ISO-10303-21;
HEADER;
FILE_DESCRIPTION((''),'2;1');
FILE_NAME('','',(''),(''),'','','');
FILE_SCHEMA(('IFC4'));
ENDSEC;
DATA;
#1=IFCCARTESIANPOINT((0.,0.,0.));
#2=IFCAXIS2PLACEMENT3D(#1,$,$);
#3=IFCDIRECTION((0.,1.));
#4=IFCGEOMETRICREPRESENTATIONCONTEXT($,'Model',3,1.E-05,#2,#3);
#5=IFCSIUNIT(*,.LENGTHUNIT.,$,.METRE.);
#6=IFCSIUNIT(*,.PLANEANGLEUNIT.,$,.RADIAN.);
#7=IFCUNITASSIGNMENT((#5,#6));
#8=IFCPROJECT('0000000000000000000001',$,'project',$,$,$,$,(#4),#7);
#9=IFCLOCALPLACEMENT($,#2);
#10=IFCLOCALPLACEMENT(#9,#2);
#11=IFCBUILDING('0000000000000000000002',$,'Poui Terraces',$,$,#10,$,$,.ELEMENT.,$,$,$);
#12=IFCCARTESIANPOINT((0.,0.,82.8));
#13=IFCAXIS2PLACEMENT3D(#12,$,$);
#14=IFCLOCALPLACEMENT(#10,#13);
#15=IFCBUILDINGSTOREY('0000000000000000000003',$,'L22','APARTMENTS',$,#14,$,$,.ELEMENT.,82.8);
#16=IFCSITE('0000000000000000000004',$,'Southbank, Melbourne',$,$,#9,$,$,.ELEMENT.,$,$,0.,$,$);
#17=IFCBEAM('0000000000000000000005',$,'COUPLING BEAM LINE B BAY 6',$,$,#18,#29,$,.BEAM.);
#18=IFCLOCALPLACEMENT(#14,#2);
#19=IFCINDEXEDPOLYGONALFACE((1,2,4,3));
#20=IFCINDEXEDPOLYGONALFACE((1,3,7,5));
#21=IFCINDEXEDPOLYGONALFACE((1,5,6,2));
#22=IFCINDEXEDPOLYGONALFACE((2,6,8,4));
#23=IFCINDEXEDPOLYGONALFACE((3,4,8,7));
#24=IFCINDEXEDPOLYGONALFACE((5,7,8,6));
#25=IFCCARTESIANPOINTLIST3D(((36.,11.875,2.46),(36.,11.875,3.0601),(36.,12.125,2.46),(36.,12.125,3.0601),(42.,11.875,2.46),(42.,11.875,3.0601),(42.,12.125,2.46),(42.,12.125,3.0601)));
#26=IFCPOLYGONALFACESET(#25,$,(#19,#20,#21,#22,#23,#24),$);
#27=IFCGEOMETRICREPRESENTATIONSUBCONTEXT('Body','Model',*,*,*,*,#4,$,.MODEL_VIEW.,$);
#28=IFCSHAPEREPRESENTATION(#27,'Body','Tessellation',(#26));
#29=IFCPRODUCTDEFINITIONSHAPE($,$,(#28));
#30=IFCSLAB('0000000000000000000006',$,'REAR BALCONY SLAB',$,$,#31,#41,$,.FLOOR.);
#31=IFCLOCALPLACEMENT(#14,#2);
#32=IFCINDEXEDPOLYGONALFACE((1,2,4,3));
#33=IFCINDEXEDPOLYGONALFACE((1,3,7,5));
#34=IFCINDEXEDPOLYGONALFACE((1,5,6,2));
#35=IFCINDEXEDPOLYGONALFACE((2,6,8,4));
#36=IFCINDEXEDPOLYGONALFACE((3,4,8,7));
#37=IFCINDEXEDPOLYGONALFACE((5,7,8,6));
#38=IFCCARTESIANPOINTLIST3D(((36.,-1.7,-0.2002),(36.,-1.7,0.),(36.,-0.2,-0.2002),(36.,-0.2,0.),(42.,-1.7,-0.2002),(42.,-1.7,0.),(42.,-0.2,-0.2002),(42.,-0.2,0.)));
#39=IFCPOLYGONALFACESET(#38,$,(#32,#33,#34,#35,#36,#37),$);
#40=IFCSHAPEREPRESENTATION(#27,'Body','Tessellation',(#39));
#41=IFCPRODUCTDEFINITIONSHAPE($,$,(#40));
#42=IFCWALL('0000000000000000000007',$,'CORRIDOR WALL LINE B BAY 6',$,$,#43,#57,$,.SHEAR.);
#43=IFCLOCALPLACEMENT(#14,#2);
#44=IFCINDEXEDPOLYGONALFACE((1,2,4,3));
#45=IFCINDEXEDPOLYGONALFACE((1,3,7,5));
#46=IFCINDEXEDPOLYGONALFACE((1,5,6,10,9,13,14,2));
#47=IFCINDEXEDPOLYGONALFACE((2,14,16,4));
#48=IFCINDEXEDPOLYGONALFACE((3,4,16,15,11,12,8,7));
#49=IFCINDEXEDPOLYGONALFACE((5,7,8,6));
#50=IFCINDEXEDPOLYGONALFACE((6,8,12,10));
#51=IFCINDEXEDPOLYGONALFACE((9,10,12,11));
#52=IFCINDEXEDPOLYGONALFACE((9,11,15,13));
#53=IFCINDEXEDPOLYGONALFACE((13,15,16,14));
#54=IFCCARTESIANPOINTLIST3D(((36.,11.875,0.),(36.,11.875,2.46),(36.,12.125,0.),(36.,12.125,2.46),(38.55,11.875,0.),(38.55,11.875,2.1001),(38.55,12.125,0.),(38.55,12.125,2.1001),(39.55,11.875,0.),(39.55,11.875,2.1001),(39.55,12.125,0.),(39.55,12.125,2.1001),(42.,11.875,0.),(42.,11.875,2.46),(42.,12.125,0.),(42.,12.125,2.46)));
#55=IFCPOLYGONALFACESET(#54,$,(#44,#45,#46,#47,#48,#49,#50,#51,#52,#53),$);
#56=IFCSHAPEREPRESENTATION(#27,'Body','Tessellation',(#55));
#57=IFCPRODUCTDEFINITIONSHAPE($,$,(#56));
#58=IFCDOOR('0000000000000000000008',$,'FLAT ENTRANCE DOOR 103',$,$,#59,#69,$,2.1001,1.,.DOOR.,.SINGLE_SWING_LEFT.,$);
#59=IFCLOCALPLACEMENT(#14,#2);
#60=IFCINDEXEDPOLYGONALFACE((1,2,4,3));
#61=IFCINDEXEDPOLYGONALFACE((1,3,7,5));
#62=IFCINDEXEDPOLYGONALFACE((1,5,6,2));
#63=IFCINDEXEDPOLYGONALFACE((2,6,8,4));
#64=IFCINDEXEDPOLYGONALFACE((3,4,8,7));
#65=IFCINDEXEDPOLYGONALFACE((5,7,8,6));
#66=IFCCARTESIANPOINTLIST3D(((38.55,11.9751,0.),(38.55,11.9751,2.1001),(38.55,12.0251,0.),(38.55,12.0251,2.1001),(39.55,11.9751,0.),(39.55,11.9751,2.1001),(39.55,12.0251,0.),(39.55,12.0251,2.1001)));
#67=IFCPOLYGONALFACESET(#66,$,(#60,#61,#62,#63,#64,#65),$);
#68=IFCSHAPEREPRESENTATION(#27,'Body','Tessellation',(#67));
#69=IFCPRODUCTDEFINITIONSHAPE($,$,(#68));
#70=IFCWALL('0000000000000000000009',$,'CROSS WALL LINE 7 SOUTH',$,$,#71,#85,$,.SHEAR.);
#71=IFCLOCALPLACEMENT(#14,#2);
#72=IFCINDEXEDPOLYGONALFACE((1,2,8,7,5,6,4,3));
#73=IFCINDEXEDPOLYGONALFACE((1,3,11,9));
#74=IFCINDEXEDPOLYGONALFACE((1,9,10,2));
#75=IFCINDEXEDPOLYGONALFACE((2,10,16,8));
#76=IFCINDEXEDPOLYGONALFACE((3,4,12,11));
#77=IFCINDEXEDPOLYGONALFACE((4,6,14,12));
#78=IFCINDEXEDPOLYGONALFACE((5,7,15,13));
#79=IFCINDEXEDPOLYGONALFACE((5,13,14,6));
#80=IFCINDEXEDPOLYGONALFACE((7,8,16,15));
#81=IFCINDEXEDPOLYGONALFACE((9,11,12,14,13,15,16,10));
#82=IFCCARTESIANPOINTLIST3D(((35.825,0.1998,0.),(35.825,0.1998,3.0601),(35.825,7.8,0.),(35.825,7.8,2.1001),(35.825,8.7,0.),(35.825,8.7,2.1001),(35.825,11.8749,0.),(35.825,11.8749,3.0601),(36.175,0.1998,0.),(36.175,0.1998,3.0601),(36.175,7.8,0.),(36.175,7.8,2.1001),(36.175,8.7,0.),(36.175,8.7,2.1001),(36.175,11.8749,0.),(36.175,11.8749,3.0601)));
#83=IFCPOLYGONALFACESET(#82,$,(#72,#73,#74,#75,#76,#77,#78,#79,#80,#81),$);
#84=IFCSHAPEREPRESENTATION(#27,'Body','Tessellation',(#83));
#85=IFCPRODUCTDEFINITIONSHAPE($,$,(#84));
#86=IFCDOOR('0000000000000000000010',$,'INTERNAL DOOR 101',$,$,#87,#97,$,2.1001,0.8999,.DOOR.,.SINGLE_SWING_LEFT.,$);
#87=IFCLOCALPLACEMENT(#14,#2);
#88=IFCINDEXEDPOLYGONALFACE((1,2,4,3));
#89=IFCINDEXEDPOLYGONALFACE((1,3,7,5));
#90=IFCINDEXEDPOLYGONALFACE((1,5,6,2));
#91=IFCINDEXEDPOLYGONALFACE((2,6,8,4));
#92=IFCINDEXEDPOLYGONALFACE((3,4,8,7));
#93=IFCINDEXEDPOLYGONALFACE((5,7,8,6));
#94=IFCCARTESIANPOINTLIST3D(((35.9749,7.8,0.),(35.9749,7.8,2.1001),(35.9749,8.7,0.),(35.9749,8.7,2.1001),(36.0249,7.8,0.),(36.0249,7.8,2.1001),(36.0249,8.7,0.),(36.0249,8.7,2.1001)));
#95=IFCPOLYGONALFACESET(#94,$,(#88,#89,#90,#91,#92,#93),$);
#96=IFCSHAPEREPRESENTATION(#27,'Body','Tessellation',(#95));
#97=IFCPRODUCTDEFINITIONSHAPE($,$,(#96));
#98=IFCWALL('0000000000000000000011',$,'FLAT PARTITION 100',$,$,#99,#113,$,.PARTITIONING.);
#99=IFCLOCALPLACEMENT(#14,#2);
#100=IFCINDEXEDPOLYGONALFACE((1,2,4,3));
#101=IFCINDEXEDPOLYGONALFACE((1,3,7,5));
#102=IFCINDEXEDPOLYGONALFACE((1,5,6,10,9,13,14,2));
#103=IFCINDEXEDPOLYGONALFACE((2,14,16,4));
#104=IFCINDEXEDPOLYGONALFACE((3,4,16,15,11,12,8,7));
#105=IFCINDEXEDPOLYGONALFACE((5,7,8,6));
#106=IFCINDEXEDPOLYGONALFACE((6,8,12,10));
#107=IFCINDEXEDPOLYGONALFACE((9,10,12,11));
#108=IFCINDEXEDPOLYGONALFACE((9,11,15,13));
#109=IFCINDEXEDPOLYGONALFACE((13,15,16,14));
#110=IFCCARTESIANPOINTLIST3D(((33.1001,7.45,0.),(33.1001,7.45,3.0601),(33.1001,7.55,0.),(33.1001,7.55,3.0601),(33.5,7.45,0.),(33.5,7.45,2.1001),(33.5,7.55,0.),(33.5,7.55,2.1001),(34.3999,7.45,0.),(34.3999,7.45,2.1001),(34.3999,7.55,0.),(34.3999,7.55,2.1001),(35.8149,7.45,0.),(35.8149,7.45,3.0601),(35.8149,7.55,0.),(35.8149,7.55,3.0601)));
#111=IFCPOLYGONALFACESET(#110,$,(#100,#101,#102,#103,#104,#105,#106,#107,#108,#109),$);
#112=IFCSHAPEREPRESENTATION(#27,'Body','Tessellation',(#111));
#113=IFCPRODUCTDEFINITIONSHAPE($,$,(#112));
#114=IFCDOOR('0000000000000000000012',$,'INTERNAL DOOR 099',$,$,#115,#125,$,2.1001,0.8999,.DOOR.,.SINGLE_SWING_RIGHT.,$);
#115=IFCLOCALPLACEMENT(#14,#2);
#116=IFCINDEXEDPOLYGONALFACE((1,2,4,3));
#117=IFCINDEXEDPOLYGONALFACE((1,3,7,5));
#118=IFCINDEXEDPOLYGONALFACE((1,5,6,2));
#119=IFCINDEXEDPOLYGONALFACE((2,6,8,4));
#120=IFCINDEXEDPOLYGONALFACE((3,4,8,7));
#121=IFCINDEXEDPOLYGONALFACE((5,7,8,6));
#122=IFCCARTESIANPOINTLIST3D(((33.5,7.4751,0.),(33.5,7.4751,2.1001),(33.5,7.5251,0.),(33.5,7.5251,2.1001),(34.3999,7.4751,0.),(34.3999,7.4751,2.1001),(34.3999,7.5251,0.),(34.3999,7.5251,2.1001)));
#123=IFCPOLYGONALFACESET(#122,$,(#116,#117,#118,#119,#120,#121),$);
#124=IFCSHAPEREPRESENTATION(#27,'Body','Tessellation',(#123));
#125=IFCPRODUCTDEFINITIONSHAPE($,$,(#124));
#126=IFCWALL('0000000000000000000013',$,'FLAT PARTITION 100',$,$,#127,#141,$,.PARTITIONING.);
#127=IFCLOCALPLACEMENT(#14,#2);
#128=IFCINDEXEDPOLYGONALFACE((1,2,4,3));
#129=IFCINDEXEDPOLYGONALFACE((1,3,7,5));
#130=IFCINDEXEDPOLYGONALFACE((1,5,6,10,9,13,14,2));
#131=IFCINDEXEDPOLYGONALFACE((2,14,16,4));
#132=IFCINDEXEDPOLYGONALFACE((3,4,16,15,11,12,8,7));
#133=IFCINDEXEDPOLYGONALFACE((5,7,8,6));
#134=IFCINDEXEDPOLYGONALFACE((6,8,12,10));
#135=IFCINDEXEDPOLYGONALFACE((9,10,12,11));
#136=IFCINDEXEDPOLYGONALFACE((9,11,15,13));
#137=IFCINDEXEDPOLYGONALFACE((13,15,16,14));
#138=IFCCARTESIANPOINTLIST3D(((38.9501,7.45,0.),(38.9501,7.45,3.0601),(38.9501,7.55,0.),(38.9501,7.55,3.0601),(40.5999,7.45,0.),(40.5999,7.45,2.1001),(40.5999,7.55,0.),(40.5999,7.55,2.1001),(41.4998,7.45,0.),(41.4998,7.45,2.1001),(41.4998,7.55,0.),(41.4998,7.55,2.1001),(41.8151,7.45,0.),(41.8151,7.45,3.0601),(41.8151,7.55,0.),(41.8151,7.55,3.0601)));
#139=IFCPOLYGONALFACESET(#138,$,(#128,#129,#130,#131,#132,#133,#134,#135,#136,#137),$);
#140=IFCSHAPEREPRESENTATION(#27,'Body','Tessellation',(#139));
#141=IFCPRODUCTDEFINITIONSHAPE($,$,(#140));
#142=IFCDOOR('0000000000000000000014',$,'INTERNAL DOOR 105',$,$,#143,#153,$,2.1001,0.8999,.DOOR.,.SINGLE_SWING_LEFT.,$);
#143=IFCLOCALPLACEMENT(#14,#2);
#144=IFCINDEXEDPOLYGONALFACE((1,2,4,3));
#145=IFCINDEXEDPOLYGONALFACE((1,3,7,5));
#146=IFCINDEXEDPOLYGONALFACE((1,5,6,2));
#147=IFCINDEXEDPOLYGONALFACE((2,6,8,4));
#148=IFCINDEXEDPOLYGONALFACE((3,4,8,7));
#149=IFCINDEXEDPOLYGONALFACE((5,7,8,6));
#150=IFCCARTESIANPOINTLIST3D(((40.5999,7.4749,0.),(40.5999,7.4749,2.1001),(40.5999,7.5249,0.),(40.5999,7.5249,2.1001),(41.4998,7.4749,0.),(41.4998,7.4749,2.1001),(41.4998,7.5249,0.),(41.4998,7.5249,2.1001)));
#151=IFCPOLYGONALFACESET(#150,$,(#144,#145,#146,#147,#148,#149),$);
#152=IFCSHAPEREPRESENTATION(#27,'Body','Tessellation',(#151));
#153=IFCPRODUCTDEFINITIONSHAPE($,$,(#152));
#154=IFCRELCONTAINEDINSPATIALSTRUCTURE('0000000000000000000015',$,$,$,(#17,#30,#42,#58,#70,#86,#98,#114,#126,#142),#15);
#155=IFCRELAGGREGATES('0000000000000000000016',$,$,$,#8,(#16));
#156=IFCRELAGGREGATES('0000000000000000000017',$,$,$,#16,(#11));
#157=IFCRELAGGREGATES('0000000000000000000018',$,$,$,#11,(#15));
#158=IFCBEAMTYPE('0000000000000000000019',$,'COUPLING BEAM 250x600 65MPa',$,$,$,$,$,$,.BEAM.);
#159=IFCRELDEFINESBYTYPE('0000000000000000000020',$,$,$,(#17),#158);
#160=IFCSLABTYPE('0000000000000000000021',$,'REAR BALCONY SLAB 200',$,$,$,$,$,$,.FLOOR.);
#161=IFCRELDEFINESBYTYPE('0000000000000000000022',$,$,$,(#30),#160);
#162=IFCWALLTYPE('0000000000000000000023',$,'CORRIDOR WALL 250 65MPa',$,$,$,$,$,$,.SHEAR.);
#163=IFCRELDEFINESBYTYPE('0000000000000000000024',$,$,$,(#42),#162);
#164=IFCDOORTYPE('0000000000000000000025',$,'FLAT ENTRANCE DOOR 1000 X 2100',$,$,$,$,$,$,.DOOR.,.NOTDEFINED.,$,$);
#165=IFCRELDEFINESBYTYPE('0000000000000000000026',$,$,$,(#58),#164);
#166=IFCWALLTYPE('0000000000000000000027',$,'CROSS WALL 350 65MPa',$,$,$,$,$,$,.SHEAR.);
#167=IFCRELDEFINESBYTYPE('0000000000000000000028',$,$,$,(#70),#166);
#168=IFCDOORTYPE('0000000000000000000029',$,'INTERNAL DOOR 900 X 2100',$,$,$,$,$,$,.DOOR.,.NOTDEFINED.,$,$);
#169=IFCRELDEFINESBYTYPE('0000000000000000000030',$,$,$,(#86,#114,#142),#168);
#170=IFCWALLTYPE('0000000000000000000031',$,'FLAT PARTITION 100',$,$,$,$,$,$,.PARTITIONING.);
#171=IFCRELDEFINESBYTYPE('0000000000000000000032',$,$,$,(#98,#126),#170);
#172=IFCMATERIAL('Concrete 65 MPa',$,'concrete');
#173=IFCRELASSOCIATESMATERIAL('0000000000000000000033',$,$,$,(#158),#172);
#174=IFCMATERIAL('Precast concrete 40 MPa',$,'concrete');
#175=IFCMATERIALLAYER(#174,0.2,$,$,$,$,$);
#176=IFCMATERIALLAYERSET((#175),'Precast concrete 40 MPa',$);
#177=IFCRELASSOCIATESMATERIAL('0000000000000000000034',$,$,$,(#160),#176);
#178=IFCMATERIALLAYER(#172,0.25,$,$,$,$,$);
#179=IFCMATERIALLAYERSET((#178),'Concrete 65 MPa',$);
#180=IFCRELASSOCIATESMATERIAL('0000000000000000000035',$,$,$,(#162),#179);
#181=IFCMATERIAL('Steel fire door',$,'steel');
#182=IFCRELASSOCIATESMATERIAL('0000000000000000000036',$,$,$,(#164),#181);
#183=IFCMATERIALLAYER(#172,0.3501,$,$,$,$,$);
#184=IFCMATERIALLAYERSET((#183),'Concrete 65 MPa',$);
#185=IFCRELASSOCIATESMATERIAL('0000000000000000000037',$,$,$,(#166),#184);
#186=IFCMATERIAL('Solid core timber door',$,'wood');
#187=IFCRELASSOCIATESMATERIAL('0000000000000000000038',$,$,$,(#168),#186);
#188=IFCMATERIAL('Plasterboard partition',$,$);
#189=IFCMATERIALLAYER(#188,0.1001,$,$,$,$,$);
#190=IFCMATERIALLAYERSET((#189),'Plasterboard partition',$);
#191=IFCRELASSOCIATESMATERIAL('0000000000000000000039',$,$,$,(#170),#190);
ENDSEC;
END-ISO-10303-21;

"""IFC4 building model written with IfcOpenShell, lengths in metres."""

from ifc_helpers import new_model, si_unit, direction, frame, frame_2d, origin, origin_2d, place, context, subcontext, project, spatial, polyline, rectangle, outline, extrude, source, transform, mapped, material, layer, layer_set, material_profile, profile_set, type_object, element, fill, save


model = new_model("IFC4")

# Units and contexts
model_context = context("Model", 3, precision=1e-05, world=origin(), true_north=direction((0.0, 1.0)))
body_context = subcontext(model_context, "Body", "Model", "MODEL_VIEW")
ifc_project = project(units=[si_unit("LENGTHUNIT", "METRE"), si_unit("PLANEANGLEUNIT", "RADIAN")], contexts=[model_context])

# Site, building, storey
site_placement = place(None, origin())
site = spatial("IfcSite", under=ifc_project, at=site_placement, Name="Southbank, Melbourne", CompositionType="ELEMENT", RefElevation=0.0)
building_placement = place(site_placement, origin())
building = spatial("IfcBuilding", under=site, at=building_placement, Name="Poui Terraces", CompositionType="ELEMENT")
storey_placement = place(building_placement, frame((0.0, 0.0, 82.8)))
storey = spatial("IfcBuildingStorey", under=building, at=storey_placement, Name="L22", Description="APARTMENTS", CompositionType="ELEMENT", Elevation=82.8)

# Beam
ifc_material_1 = material(Name="Concrete 65 MPa", Category="concrete")
ifc_material_profile_1 = material_profile(ifc_material_1, rectangle(XDim=0.25, YDim=0.6001, at=origin_2d()), Name="RC 250x600")
ifc_profile_set_1 = profile_set([ifc_material_profile_1], Name="Concrete 65 MPa")
beam_type = type_object("IfcBeamType", Name="COUPLING BEAM 250x600 65MPa", PredefinedType="BEAM", material=ifc_profile_set_1)
shared_shape_1 = source(origin(), body_context, "Body", "SweptSolid", [
    extrude(rectangle(XDim=0.25, YDim=0.6001, at=origin_2d()), origin(), (0.0, 0.0, 1.0), 6.0),
])
beam_placement = place(storey_placement, frame((36.0, 12.0, 2.76), z_axis=(1.0, 0.0, 0.0), x_axis=(0.0, 1.0, 0.0)))
element("IfcBeam", 1, at=beam_placement, inside=storey, type_object=beam_type, Name="COUPLING BEAM LINE B BAY 6", PredefinedType="BEAM", context=body_context, shape_type="MappedRepresentation", body=[
    mapped(shared_shape_1, transform((0.0, 0.0, 0.0))),
])

# Slab
ifc_material_2 = material(Name="Precast concrete 40 MPa", Category="concrete")
ifc_layer_1 = layer(ifc_material_2, 0.2)
ifc_layer_set_1 = layer_set([ifc_layer_1], Name="Precast concrete 40 MPa")
slab_type = type_object("IfcSlabType", Name="REAR BALCONY SLAB 200", PredefinedType="FLOOR", material=ifc_layer_set_1)
shared_shape_2 = source(origin(), body_context, "Body", "SweptSolid", [
    extrude(outline(polyline([(0.0, 0.0), (6.0, 0.0), (6.0, 1.5), (0.0, 1.5), (0.0, 0.0)])), origin(), (0.0, 0.0, 1.0), 0.2002),
])
slab_placement = place(storey_placement, frame((36.0, -1.7, -0.2002)))
element("IfcSlab", 2, at=slab_placement, inside=storey, type_object=slab_type, Name="REAR BALCONY SLAB", PredefinedType="FLOOR", context=body_context, shape_type="MappedRepresentation", body=[
    mapped(shared_shape_2, transform((0.0, 0.0, 0.0))),
])

# Walls, openings, doors
ifc_layer_2 = layer(ifc_material_1, 0.25)
ifc_layer_set_2 = layer_set([ifc_layer_2], Name="Concrete 65 MPa")
wall_type_1 = type_object("IfcWallType", Name="CORRIDOR WALL 250 65MPa", PredefinedType="SHEAR", material=ifc_layer_set_2)
wall_1_placement = place(storey_placement, frame((36.0, 12.0, 0.0), z_axis=(0.0, 0.0, 1.0), x_axis=(1.0, 0.0, 0.0)))
wall_1 = element("IfcWall", 3, at=wall_1_placement, inside=storey, type_object=wall_type_1, Name="CORRIDOR WALL LINE B BAY 6", PredefinedType="SHEAR", context=body_context, shape_type="SweptSolid", body=[
    extrude(rectangle(XDim=6.0, YDim=0.25, at=frame_2d((3.0, 0.0))), origin(), (0.0, 0.0, 1.0), 2.46),
])
opening_1_placement = place(wall_1_placement, frame((2.55, 0.0, 0.0)))
opening_1 = element("IfcOpeningElement", 4, at=opening_1_placement, cuts=wall_1, PredefinedType="OPENING", context=body_context, shape_type="SweptSolid", body=[
    extrude(rectangle(XDim=1.0, YDim=2.1001, at=frame_2d((0.5, 1.05))), frame((0.0, 0.135, 0.0), z_axis=(0.0, -1.0, 0.0), x_axis=(1.0, 0.0, 0.0)), (0.0, 0.0, 1.0), 0.27),
])
ifc_material_3 = material(Name="Steel fire door", Category="steel")
door_type_1 = type_object("IfcDoorType", Name="FLAT ENTRANCE DOOR 1000 X 2100", OperationType="NOTDEFINED", PredefinedType="DOOR", material=ifc_material_3)
door_1_placement = place(opening_1_placement, frame((1.0, 0.0, 0.0), z_axis=(0.0, 0.0, 1.0), x_axis=(-1.0, 0.0, 0.0)))
door_1 = element("IfcDoor", 5, at=door_1_placement, inside=storey, type_object=door_type_1, Name="FLAT ENTRANCE DOOR 103", OperationType="SINGLE_SWING_LEFT", OverallHeight=2.1001, OverallWidth=1.0, PredefinedType="DOOR", context=body_context, shape_type="SweptSolid", body=[
    extrude(rectangle(XDim=1.0, YDim=2.1001, at=frame_2d((0.5, 1.05))), frame((0.0, 0.0249, 0.0), z_axis=(0.0, -1.0, 0.0), x_axis=(1.0, 0.0, 0.0)), (0.0, 0.0, 1.0), 0.05),
])
fill(opening_1, door_1)
ifc_layer_3 = layer(ifc_material_1, 0.3501)
ifc_layer_set_3 = layer_set([ifc_layer_3], Name="Concrete 65 MPa")
wall_type_2 = type_object("IfcWallType", Name="CROSS WALL 350 65MPa", PredefinedType="SHEAR", material=ifc_layer_set_3)
wall_2_placement = place(storey_placement, frame((36.0, 0.2, 0.0), z_axis=(0.0, 0.0, 1.0), x_axis=(0.0, 1.0, 0.0)))
wall_2 = element("IfcWall", 6, at=wall_2_placement, inside=storey, type_object=wall_type_2, Name="CROSS WALL LINE 7 SOUTH", PredefinedType="SHEAR", context=body_context, shape_type="SweptSolid", body=[
    extrude(rectangle(XDim=11.675, YDim=0.3501, at=frame_2d((5.8374, 0.0))), origin(), (0.0, 0.0, 1.0), 3.0601),
])
opening_2_placement = place(wall_2_placement, frame((7.6001, 0.0, 0.0)))
opening_2 = element("IfcOpeningElement", 7, at=opening_2_placement, cuts=wall_2, PredefinedType="OPENING", context=body_context, shape_type="SweptSolid", body=[
    extrude(rectangle(XDim=0.8999, YDim=2.1001, at=frame_2d((0.45, 1.05))), frame((0.0, 0.1851, 0.0), z_axis=(0.0, -1.0, 0.0), x_axis=(1.0, 0.0, 0.0)), (0.0, 0.0, 1.0), 0.3701),
])
ifc_material_4 = material(Name="Solid core timber door", Category="wood")
door_type_2 = type_object("IfcDoorType", Name="INTERNAL DOOR 900 X 2100", OperationType="NOTDEFINED", PredefinedType="DOOR", material=ifc_material_4)
door_2_placement = place(opening_2_placement, frame((0.8999, 0.0, 0.0), z_axis=(0.0, 0.0, 1.0), x_axis=(-1.0, 0.0, 0.0)))
door_2 = element("IfcDoor", 8, at=door_2_placement, inside=storey, type_object=door_type_2, Name="INTERNAL DOOR 101", OperationType="SINGLE_SWING_LEFT", OverallHeight=2.1001, OverallWidth=0.8999, PredefinedType="DOOR", context=body_context, shape_type="SweptSolid", body=[
    extrude(rectangle(XDim=0.8999, YDim=2.1001, at=frame_2d((0.45, 1.05))), frame((0.0, 0.0249, 0.0), z_axis=(0.0, -1.0, 0.0), x_axis=(1.0, 0.0, 0.0)), (0.0, 0.0, 1.0), 0.05),
])
fill(opening_2, door_2)
ifc_material_5 = material(Name="Plasterboard partition")
ifc_layer_4 = layer(ifc_material_5, 0.1001)
ifc_layer_set_4 = layer_set([ifc_layer_4], Name="Plasterboard partition")
wall_type_3 = type_object("IfcWallType", Name="FLAT PARTITION 100", PredefinedType="PARTITIONING", material=ifc_layer_set_4)
wall_3_placement = place(storey_placement, frame((33.1001, 7.5, 0.0), z_axis=(0.0, 0.0, 1.0), x_axis=(1.0, 0.0, 0.0)))
wall_3 = element("IfcWall", 9, at=wall_3_placement, inside=storey, type_object=wall_type_3, Name="FLAT PARTITION 100", PredefinedType="PARTITIONING", context=body_context, shape_type="SweptSolid", body=[
    extrude(rectangle(XDim=2.7148, YDim=0.1001, at=frame_2d((1.3574, 0.0))), origin(), (0.0, 0.0, 1.0), 3.0601),
])
opening_3_placement = place(wall_3_placement, frame((0.3999, 0.0, 0.0)))
opening_3 = element("IfcOpeningElement", 10, at=opening_3_placement, cuts=wall_3, PredefinedType="OPENING", context=body_context, shape_type="SweptSolid", body=[
    extrude(rectangle(XDim=0.8999, YDim=2.1001, at=frame_2d((0.45, 1.05))), frame((0.0, 0.0601, 0.0), z_axis=(0.0, -1.0, 0.0), x_axis=(1.0, 0.0, 0.0)), (0.0, 0.0, 1.0), 0.1201),
])
door_3_placement = place(opening_3_placement, frame((0.8999, 0.0, 0.0), z_axis=(0.0, 0.0, 1.0), x_axis=(-1.0, 0.0, 0.0)))
door_3 = element("IfcDoor", 11, at=door_3_placement, inside=storey, type_object=door_type_2, Name="INTERNAL DOOR 099", OperationType="SINGLE_SWING_RIGHT", OverallHeight=2.1001, OverallWidth=0.8999, PredefinedType="DOOR", context=body_context, shape_type="SweptSolid", body=[
    extrude(rectangle(XDim=0.8999, YDim=2.1001, at=frame_2d((0.45, 1.05))), frame((0.0, 0.0249, 0.0), z_axis=(0.0, -1.0, 0.0), x_axis=(1.0, 0.0, 0.0)), (0.0, 0.0, 1.0), 0.05),
])
fill(opening_3, door_3)
wall_4_placement = place(storey_placement, frame((38.95, 7.5, 0.0), z_axis=(0.0, 0.0, 1.0), x_axis=(1.0, 0.0, 0.0)))
wall_4 = element("IfcWall", 12, at=wall_4_placement, inside=storey, type_object=wall_type_3, Name="FLAT PARTITION 100", PredefinedType="PARTITIONING", context=body_context, shape_type="SweptSolid", body=[
    extrude(rectangle(XDim=2.865, YDim=0.1001, at=frame_2d((1.4326, 0.0))), origin(), (0.0, 0.0, 1.0), 3.0601),
])
opening_4_placement = place(wall_4_placement, frame((1.6499, 0.0, 0.0)))
opening_4 = element("IfcOpeningElement", 13, at=opening_4_placement, cuts=wall_4, PredefinedType="OPENING", context=body_context, shape_type="SweptSolid", body=[
    extrude(rectangle(XDim=0.8999, YDim=2.1001, at=frame_2d((0.45, 1.05))), frame((0.0, 0.0601, 0.0), z_axis=(0.0, -1.0, 0.0), x_axis=(1.0, 0.0, 0.0)), (0.0, 0.0, 1.0), 0.1201),
])
door_4_placement = place(opening_4_placement, origin())
door_4 = element("IfcDoor", 14, at=door_4_placement, inside=storey, type_object=door_type_2, Name="INTERNAL DOOR 105", OperationType="SINGLE_SWING_LEFT", OverallHeight=2.1001, OverallWidth=0.8999, PredefinedType="DOOR", context=body_context, shape_type="SweptSolid", body=[
    extrude(rectangle(XDim=0.8999, YDim=2.1001, at=frame_2d((0.45, 1.05))), frame((0.0, 0.0249, 0.0), z_axis=(0.0, -1.0, 0.0), x_axis=(1.0, 0.0, 0.0)), (0.0, 0.0, 1.0), 0.05),
])
fill(opening_4, door_4)

save(model, "model.ifc")
